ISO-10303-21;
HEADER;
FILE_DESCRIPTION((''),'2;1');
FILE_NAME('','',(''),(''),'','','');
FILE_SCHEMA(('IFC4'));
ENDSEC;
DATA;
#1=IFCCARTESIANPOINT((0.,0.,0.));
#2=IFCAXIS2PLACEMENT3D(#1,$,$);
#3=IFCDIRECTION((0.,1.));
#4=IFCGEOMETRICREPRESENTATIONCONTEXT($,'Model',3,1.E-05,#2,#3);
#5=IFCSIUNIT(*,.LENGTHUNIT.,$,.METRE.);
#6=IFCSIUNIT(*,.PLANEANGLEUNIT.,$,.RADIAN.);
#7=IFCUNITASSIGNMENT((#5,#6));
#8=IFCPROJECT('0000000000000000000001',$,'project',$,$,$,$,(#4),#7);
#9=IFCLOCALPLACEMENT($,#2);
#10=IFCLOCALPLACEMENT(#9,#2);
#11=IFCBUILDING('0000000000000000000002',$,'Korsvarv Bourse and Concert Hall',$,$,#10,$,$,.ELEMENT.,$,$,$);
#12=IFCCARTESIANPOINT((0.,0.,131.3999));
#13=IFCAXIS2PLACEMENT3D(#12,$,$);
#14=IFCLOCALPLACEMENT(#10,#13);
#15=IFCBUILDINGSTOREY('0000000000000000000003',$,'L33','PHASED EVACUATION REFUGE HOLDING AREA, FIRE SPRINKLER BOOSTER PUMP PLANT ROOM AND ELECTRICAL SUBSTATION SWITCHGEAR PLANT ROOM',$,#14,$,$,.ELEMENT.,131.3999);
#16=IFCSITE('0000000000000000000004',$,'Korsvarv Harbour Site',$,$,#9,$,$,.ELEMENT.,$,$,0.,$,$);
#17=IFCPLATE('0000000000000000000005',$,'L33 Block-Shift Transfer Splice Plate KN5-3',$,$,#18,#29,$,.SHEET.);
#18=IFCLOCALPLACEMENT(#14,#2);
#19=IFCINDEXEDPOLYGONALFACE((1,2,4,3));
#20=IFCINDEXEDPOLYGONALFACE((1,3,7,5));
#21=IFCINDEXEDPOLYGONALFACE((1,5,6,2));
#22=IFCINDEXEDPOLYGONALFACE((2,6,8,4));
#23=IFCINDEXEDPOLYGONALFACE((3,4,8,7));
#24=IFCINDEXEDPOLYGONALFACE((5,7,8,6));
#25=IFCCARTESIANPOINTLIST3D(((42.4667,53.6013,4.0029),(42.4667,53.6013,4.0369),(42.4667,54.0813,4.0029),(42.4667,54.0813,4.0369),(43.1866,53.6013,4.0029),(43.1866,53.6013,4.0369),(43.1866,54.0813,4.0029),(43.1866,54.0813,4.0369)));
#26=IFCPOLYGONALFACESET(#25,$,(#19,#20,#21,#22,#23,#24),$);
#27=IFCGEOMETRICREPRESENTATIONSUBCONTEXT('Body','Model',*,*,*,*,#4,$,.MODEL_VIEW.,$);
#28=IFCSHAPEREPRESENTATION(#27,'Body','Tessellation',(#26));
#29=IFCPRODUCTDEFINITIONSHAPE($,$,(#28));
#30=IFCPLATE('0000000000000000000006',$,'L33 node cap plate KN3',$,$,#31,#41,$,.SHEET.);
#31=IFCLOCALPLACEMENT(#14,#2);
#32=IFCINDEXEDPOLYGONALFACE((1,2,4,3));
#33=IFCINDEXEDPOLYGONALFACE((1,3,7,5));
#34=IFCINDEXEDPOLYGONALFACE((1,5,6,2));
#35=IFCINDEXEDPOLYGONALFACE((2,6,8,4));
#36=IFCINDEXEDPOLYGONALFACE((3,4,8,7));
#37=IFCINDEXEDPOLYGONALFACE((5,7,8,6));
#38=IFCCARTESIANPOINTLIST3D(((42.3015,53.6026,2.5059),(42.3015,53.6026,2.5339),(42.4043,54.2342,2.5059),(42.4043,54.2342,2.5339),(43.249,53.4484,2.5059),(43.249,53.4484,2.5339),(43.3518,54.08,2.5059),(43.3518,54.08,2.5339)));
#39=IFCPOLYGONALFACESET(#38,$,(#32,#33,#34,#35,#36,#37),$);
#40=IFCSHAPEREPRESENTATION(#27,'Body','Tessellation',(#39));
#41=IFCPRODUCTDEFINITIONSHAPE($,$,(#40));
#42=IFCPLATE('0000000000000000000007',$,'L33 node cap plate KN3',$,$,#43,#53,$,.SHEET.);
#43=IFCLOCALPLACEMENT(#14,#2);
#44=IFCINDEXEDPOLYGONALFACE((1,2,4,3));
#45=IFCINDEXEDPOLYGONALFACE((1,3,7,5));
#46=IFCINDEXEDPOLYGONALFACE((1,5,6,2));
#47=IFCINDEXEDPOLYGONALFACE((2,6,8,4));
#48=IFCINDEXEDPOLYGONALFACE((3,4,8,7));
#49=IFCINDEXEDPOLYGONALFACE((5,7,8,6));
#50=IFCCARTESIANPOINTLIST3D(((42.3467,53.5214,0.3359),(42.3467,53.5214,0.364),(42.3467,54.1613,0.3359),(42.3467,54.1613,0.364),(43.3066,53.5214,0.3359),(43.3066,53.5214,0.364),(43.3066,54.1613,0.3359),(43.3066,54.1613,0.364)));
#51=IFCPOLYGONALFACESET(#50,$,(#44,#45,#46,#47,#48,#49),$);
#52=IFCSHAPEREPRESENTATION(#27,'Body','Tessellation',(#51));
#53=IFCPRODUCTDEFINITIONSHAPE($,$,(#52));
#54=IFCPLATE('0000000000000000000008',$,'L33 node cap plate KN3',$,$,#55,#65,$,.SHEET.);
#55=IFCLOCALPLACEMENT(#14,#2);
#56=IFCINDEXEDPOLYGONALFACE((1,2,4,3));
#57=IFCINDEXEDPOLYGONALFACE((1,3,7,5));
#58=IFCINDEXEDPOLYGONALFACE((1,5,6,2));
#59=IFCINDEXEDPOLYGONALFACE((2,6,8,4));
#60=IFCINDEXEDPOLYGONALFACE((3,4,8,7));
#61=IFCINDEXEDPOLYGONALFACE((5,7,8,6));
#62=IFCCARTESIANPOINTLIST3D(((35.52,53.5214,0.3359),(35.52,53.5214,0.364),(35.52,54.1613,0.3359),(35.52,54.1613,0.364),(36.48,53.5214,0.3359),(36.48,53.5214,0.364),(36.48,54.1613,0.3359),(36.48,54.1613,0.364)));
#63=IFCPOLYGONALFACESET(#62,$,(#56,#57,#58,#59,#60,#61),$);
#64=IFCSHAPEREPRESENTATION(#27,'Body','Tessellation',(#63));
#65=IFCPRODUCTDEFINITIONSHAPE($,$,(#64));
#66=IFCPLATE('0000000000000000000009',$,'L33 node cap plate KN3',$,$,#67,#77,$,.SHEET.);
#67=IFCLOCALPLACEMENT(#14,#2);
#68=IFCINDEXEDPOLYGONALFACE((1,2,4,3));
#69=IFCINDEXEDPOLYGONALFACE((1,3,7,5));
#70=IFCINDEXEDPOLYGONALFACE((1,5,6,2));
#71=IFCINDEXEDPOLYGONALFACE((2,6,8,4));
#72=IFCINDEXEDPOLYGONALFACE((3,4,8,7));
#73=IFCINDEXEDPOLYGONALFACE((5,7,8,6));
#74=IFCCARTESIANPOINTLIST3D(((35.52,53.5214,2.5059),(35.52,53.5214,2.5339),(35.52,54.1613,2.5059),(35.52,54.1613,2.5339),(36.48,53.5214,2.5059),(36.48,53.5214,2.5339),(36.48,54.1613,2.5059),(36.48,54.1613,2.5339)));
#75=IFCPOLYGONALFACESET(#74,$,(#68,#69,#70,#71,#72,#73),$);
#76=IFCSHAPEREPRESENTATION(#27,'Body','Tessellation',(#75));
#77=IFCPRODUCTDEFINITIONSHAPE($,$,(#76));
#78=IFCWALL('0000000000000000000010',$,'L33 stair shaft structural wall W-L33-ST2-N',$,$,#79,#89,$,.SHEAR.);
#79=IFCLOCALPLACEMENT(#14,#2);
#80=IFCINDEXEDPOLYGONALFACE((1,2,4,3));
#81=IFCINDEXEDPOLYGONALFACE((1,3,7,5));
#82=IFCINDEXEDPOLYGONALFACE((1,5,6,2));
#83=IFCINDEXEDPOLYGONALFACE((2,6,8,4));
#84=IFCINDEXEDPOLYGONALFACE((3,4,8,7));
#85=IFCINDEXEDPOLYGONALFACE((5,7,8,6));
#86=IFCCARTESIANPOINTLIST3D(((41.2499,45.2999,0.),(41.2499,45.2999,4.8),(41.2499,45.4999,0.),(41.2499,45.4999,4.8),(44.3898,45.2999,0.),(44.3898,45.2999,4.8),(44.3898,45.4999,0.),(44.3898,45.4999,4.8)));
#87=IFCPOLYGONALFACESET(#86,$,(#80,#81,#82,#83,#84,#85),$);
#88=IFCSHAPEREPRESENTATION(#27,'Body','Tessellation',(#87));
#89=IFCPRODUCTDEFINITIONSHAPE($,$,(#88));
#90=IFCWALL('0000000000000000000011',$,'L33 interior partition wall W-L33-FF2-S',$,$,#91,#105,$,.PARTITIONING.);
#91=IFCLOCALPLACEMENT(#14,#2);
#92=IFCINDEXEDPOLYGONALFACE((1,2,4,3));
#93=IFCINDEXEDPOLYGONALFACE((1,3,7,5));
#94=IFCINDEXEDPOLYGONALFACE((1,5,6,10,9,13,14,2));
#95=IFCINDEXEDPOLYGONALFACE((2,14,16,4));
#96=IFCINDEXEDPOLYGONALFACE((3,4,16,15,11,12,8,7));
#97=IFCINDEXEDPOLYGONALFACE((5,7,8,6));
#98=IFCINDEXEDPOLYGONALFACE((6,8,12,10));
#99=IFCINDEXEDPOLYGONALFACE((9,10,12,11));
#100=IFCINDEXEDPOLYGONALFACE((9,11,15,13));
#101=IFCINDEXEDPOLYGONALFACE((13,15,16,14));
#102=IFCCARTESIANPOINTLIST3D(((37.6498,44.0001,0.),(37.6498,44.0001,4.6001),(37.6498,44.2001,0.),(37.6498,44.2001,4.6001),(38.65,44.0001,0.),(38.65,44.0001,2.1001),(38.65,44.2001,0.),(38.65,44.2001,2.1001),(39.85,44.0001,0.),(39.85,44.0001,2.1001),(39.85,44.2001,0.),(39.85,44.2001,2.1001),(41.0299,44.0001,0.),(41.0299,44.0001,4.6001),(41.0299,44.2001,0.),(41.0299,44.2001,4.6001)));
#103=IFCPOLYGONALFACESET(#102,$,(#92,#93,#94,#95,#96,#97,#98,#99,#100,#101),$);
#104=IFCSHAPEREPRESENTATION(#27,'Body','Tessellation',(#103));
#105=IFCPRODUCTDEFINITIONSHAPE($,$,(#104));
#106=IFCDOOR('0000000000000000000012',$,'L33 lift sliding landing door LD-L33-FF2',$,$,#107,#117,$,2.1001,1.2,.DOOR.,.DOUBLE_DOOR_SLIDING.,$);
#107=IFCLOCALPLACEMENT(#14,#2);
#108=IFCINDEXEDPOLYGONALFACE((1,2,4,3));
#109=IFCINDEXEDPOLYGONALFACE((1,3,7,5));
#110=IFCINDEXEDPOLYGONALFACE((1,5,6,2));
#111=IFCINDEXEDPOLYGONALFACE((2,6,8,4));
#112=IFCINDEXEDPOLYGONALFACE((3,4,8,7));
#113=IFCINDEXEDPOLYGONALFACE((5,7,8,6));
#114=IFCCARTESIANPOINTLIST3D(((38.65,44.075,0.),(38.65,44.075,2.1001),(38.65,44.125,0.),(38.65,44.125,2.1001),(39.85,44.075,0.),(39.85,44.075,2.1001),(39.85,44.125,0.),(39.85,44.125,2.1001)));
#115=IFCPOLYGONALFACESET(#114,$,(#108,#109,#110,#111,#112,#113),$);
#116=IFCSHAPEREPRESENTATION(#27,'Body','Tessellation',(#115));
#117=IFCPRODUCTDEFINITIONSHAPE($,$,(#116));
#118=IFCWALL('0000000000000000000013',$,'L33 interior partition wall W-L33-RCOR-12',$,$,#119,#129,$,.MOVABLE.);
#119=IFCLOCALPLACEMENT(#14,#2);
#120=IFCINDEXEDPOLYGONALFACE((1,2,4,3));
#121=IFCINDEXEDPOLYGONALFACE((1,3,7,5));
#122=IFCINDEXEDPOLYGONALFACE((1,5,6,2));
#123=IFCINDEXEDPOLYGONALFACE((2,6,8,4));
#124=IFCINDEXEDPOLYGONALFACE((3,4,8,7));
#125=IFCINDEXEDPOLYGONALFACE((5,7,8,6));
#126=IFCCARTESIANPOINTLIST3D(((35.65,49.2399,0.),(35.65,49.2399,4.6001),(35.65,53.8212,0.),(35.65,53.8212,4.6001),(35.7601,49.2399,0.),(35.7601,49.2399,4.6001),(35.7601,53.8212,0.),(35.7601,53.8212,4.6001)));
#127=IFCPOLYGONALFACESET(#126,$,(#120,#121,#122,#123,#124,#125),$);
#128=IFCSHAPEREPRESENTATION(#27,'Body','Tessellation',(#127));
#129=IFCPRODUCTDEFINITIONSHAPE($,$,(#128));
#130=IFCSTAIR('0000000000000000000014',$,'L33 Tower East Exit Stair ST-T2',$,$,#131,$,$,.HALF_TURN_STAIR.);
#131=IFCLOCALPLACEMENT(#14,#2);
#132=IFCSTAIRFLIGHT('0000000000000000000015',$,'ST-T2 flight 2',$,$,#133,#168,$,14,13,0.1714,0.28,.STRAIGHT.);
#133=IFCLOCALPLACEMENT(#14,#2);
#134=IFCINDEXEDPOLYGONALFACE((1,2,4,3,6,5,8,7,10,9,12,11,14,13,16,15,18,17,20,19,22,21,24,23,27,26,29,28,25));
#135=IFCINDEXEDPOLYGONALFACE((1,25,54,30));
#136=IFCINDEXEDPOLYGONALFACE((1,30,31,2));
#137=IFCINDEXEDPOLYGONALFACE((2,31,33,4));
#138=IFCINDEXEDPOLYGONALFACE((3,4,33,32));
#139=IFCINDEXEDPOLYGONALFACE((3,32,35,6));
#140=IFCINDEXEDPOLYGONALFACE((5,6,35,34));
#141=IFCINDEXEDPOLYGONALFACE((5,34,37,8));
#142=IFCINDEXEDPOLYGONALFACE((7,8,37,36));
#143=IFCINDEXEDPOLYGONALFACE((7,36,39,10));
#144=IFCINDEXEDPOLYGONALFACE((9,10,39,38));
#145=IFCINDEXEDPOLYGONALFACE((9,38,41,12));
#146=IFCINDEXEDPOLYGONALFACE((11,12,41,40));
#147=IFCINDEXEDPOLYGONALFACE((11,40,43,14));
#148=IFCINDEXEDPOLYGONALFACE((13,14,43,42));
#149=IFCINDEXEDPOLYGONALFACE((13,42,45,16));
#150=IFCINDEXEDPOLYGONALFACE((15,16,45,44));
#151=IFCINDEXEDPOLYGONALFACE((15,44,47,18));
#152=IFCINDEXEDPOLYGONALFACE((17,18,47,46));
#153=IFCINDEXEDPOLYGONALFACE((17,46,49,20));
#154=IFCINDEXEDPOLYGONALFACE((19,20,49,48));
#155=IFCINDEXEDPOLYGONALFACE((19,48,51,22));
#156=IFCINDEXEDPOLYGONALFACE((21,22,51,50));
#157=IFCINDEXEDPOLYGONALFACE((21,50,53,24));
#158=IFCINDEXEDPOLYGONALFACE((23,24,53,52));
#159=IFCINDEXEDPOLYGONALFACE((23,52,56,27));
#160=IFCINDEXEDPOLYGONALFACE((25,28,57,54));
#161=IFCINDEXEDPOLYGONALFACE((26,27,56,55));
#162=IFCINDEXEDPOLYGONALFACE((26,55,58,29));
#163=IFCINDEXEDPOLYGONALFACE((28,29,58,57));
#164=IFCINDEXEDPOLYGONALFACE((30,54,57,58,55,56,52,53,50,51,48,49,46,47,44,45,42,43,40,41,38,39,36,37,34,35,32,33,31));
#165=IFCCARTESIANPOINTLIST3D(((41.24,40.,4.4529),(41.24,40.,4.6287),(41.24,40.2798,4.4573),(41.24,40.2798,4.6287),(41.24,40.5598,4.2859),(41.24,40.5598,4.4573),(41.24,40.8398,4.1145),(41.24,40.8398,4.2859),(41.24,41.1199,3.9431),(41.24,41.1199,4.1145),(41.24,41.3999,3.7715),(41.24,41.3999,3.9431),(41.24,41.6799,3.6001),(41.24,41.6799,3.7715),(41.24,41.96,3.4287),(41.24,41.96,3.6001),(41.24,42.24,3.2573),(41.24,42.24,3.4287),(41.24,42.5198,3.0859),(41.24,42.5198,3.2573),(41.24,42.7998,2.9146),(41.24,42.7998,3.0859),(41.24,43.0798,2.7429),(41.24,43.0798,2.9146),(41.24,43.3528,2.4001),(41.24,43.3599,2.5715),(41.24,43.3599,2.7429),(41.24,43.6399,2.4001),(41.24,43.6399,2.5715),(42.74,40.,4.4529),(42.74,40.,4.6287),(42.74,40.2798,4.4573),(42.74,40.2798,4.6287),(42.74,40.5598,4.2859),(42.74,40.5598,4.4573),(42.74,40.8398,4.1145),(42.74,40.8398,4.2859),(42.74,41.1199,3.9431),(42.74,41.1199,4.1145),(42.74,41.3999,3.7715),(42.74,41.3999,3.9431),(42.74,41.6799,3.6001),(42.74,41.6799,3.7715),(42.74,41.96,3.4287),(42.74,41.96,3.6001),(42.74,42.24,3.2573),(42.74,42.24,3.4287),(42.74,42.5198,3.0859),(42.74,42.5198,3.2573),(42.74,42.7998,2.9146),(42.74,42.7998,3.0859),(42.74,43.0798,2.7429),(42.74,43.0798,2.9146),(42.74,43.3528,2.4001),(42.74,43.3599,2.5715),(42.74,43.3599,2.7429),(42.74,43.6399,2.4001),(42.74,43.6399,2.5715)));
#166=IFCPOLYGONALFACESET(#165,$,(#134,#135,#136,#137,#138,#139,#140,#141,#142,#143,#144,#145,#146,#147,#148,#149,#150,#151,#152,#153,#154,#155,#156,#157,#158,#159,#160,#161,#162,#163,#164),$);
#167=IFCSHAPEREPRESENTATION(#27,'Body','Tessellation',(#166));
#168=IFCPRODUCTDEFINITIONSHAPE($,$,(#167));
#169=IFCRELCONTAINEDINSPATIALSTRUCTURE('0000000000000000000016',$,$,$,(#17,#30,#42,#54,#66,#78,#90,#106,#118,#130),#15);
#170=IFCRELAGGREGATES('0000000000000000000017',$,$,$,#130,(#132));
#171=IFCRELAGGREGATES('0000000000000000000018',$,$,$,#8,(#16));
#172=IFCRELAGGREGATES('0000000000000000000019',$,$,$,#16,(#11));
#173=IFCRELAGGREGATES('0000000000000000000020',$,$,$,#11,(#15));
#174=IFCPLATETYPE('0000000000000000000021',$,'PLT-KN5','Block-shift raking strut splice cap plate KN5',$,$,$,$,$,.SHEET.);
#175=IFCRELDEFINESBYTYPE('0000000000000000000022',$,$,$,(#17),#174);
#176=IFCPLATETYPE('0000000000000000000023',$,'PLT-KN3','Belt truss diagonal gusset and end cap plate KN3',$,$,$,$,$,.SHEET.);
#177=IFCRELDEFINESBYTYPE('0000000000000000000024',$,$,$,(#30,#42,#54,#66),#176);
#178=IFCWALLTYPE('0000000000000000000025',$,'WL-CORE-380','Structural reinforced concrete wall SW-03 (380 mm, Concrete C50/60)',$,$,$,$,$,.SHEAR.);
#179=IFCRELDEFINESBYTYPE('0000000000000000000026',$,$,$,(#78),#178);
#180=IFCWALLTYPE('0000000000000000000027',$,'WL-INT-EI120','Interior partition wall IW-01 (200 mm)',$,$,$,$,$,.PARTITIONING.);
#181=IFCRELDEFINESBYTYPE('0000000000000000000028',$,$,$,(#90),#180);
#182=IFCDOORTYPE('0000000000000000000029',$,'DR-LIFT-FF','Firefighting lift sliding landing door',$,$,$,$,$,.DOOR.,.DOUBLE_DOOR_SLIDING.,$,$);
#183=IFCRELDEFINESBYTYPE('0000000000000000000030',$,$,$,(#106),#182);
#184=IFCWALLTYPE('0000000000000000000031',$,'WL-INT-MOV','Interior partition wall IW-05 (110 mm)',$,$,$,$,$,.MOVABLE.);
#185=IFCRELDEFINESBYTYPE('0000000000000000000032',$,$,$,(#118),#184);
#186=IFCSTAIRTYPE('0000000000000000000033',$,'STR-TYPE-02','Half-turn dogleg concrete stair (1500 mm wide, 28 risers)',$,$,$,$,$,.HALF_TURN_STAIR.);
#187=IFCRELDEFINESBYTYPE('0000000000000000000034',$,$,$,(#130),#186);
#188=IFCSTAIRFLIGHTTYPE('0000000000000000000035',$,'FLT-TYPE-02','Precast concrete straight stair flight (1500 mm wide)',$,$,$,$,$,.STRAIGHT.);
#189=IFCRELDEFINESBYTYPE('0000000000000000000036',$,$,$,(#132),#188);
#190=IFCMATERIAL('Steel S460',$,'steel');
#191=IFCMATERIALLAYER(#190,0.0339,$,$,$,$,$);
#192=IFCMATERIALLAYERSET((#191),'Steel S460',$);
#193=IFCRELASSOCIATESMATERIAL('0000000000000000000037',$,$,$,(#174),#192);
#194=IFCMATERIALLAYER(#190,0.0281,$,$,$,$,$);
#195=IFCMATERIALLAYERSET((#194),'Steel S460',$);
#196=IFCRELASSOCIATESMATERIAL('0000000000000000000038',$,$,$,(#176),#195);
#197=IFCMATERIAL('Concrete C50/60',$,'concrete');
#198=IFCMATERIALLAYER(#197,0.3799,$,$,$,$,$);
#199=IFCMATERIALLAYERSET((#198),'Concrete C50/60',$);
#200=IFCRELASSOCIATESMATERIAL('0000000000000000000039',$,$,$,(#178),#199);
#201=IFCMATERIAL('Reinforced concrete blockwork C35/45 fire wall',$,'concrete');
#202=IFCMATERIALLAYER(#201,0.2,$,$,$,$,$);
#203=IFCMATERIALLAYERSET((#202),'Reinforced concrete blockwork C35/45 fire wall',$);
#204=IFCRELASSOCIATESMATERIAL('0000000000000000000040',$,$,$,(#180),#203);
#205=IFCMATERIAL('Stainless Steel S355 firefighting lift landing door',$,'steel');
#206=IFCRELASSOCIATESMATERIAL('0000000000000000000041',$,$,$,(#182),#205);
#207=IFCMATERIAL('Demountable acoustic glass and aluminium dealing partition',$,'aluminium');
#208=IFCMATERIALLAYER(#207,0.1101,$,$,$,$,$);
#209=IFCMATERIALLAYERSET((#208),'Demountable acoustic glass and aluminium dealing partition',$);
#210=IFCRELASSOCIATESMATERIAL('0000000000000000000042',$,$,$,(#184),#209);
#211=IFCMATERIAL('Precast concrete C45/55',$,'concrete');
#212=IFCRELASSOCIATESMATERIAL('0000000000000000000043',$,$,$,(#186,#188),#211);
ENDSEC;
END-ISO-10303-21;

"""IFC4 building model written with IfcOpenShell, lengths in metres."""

from ifc_helpers import new_model, si_unit, direction, frame, frame_2d, origin, origin_2d, place, context, subcontext, project, spatial, polyline, rectangle, outline, extrude, source, transform, mapped, material, layer, layer_set, type_object, element, fill, aggregate, save


model = new_model("IFC4")

# Units and contexts
model_context = context("Model", 3, precision=1e-05, world=origin(), true_north=direction((0.0, 1.0)))
body_context = subcontext(model_context, "Body", "Model", "MODEL_VIEW")
ifc_project = project(units=[si_unit("LENGTHUNIT", "METRE"), si_unit("PLANEANGLEUNIT", "RADIAN")], contexts=[model_context])

# Site, building, storey
site_placement = place(None, origin())
site = spatial("IfcSite", under=ifc_project, at=site_placement, Name="Korsvarv Harbour Site", CompositionType="ELEMENT", RefElevation=0.0)
building_placement = place(site_placement, origin())
building = spatial("IfcBuilding", under=site, at=building_placement, Name="Korsvarv Bourse and Concert Hall", CompositionType="ELEMENT")
storey_placement = place(building_placement, frame((0.0, 0.0, 131.3999)))
storey = spatial("IfcBuildingStorey", under=building, at=storey_placement, Name="L33", Description="PHASED EVACUATION REFUGE HOLDING AREA, FIRE SPRINKLER BOOSTER PUMP PLANT ROOM AND ELECTRICAL SUBSTATION SWITCHGEAR PLANT ROOM", CompositionType="ELEMENT", Elevation=131.3999)

# Shared definitions
ifc_material_1 = material(Name="Steel S460", Category="steel")

# Plates
ifc_layer_1 = layer(ifc_material_1, 0.0339)
ifc_layer_set_1 = layer_set([ifc_layer_1], Name="Steel S460")
plate_type_1 = type_object("IfcPlateType", Name="PLT-KN5", Description="Block-shift raking strut splice cap plate KN5", PredefinedType="SHEET", material=ifc_layer_set_1)
shared_shape_1 = source(origin(), body_context, "Body", "SweptSolid", [
    extrude(rectangle(XDim=0.72, YDim=0.48, at=origin_2d()), origin(), (0.0, 0.0, 1.0), 0.0339),
])
plate_placement = place(storey_placement, frame((42.8267, 53.8413, 4.0029), z_axis=(0.0, 0.0, 1.0), x_axis=(1.0, 0.0, 0.0)))
element("IfcPlate", 1, at=plate_placement, inside=storey, type_object=plate_type_1, Name="L33 Block-Shift Transfer Splice Plate KN5-3", PredefinedType="SHEET", context=body_context, shape_type="MappedRepresentation", body=[
    mapped(shared_shape_1, transform((0.0, 0.0, 0.0), scale=1.0)),
])
ifc_layer_2 = layer(ifc_material_1, 0.0281)
ifc_layer_set_2 = layer_set([ifc_layer_2], Name="Steel S460")
plate_type_2 = type_object("IfcPlateType", Name="PLT-KN3", Description="Belt truss diagonal gusset and end cap plate KN3", PredefinedType="SHEET", material=ifc_layer_set_2)
shared_shape_2 = source(origin(), body_context, "Body", "SweptSolid", [
    extrude(rectangle(XDim=0.96, YDim=0.6399, at=origin_2d()), origin(), (0.0, 0.0, 1.0), 0.0281),
])
for number, where, z_axis, x_axis, name in (
    (2, (42.8267, 53.8413, 2.5059), (0.0, 0.0, 1.0), (-0.987024, 0.16057, 0.0), "L33 node cap plate KN3"),
    (3, (42.8267, 53.8413, 0.3359), (0.0, 0.0, 1.0), (1.0, 0.0, 0.0), "L33 node cap plate KN3"),
    (4, (36.0, 53.8413, 0.3359), (0.0, 0.0, 1.0), (1.0, 0.0, 0.0), "L33 node cap plate KN3"),
    (5, (36.0, 53.8413, 2.5059), (0.0, 0.0, 1.0), (1.0, 0.0, 0.0), "L33 node cap plate KN3"),
):
    element("IfcPlate", number, at=place(storey_placement, frame(where, z_axis=z_axis, x_axis=x_axis)), inside=storey, type_object=plate_type_2, Name=name, PredefinedType="SHEET", context=body_context, shape_type="MappedRepresentation", body=[
        mapped(shared_shape_2, transform((0.0, 0.0, 0.0), scale=1.0)),
    ])

# Wall
ifc_material_2 = material(Name="Concrete C50/60", Category="concrete")
ifc_layer_3 = layer(ifc_material_2, 0.3799)
ifc_layer_set_3 = layer_set([ifc_layer_3], Name="Concrete C50/60")
wall_type_1 = type_object("IfcWallType", Name="WL-CORE-380", Description="Structural reinforced concrete wall SW-03 (380 mm, Concrete C50/60)", PredefinedType="SHEAR", material=ifc_layer_set_3)
wall_1_placement = place(storey_placement, frame((41.25, 45.3999, 0.0), z_axis=(0.0, 0.0, 1.0), x_axis=(1.0, 0.0, 0.0)))
element("IfcWall", 6, at=wall_1_placement, inside=storey, type_object=wall_type_1, Name="L33 stair shaft structural wall W-L33-ST2-N", PredefinedType="SHEAR", context=body_context, shape_type="SweptSolid", body=[
    extrude(rectangle(XDim=3.1399, YDim=0.2, at=frame_2d((1.5698, 0.0))), origin(), (0.0, 0.0, 1.0), 4.8),
])

# Wall, opening, door
ifc_material_3 = material(Name="Reinforced concrete blockwork C35/45 fire wall", Category="concrete")
ifc_layer_4 = layer(ifc_material_3, 0.2)
ifc_layer_set_4 = layer_set([ifc_layer_4], Name="Reinforced concrete blockwork C35/45 fire wall")
wall_type_2 = type_object("IfcWallType", Name="WL-INT-EI120", Description="Interior partition wall IW-01 (200 mm)", PredefinedType="PARTITIONING", material=ifc_layer_set_4)
wall_2_placement = place(storey_placement, frame((37.6499, 44.1001, 0.0), z_axis=(0.0, 0.0, 1.0), x_axis=(1.0, 0.0, 0.0)))
wall_2 = element("IfcWall", 7, at=wall_2_placement, inside=storey, type_object=wall_type_2, Name="L33 interior partition wall W-L33-FF2-S", PredefinedType="PARTITIONING", context=body_context, shape_type="SweptSolid", body=[
    extrude(rectangle(XDim=3.3801, YDim=0.2, at=frame_2d((1.6899, 0.0))), origin(), (0.0, 0.0, 1.0), 4.6001),
])
opening_placement = place(wall_2_placement, frame((1.0, 0.0, 0.0)))
opening = element("IfcOpeningElement", 8, at=opening_placement, cuts=wall_2, PredefinedType="OPENING", context=body_context, shape_type="SweptSolid", body=[
    extrude(rectangle(XDim=1.2, YDim=2.1001, at=frame_2d((0.6001, 1.05))), frame((0.0, 0.1099, 0.0), z_axis=(0.0, -1.0, 0.0), x_axis=(1.0, 0.0, 0.0)), (0.0, 0.0, 1.0), 0.22),
])
ifc_material_4 = material(Name="Stainless Steel S355 firefighting lift landing door", Category="steel")
door_type = type_object("IfcDoorType", Name="DR-LIFT-FF", Description="Firefighting lift sliding landing door", OperationType="DOUBLE_DOOR_SLIDING", PredefinedType="DOOR", material=ifc_material_4)
door_placement = place(opening_placement, origin())
door = element("IfcDoor", 9, at=door_placement, inside=storey, type_object=door_type, Name="L33 lift sliding landing door LD-L33-FF2", OperationType="DOUBLE_DOOR_SLIDING", OverallHeight=2.1001, OverallWidth=1.2, PredefinedType="DOOR", context=body_context, shape_type="SweptSolid", body=[
    extrude(rectangle(XDim=1.2, YDim=2.1001, at=frame_2d((0.6001, 1.05))), frame((0.0, 0.0249, 0.0), z_axis=(0.0, -1.0, 0.0), x_axis=(1.0, 0.0, 0.0)), (0.0, 0.0, 1.0), 0.05),
])
fill(opening, door)

# Wall
ifc_material_5 = material(Name="Demountable acoustic glass and aluminium dealing partition", Category="aluminium")
ifc_layer_5 = layer(ifc_material_5, 0.1101)
ifc_layer_set_5 = layer_set([ifc_layer_5], Name="Demountable acoustic glass and aluminium dealing partition")
wall_type_3 = type_object("IfcWallType", Name="WL-INT-MOV", Description="Interior partition wall IW-05 (110 mm)", PredefinedType="MOVABLE", material=ifc_layer_set_5)
wall_3_placement = place(storey_placement, frame((35.7051, 49.24, 0.0), z_axis=(0.0, 0.0, 1.0), x_axis=(0.0, 1.0, 0.0)))
element("IfcWall", 10, at=wall_3_placement, inside=storey, type_object=wall_type_3, Name="L33 interior partition wall W-L33-RCOR-12", PredefinedType="MOVABLE", context=body_context, shape_type="SweptSolid", body=[
    extrude(rectangle(XDim=4.5813, YDim=0.1101, at=frame_2d((2.2905, 0.0))), origin(), (0.0, 0.0, 1.0), 4.6001),
])

# Stair, stair flight
ifc_material_6 = material(Name="Precast concrete C45/55", Category="concrete")
stair_type = type_object("IfcStairType", Name="STR-TYPE-02", Description="Half-turn dogleg concrete stair (1500 mm wide, 28 risers)", PredefinedType="HALF_TURN_STAIR", material=ifc_material_6)
stair_placement = place(storey_placement, origin())
stair = element("IfcStair", 11, at=stair_placement, inside=storey, type_object=stair_type, Name="L33 Tower East Exit Stair ST-T2", PredefinedType="HALF_TURN_STAIR")
stair_flight_type = type_object("IfcStairFlightType", Name="FLT-TYPE-02", Description="Precast concrete straight stair flight (1500 mm wide)", PredefinedType="STRAIGHT", material=ifc_material_6)
stair_flight_placement = place(storey_placement, frame((41.99, 43.6399, 2.4001), z_axis=(0.0, 0.0, 1.0), x_axis=(0.0, -1.0, 0.0)))
stair_flight = element("IfcStairFlight", 12, at=stair_flight_placement, type_object=stair_flight_type, Name="ST-T2 flight 2", NumberOfRisers=14, NumberOfTreads=13, PredefinedType="STRAIGHT", RiserHeight=0.1714, TreadLength=0.28, context=body_context, shape_type="SweptSolid", body=[
    extrude(outline(polyline([(0.0, 0.0), (0.0, 0.1714), (0.28, 0.1714), (0.28, 0.3428), (0.5601, 0.3428), (0.5601, 0.5144), (0.8401, 0.5144), (0.8401, 0.6858), (1.1201, 0.6858), (1.1201, 0.8572), (1.3999, 0.8572), (1.3999, 1.0286), (1.6799, 1.0286), (1.6799, 1.2), (1.96, 1.2), (1.96, 1.3713), (2.24, 1.3713), (2.24, 1.543), (2.52, 1.543), (2.52, 1.7144), (2.8, 1.7144), (2.8, 1.8857), (3.0801, 1.8857), (3.0801, 2.0571), (3.3601, 2.0571), (3.3601, 2.2285), (3.6399, 2.2285), (3.6399, 2.3999), (3.6399, 2.0527), (0.2871, 0.0), (0.0, 0.0)])), frame((0.0, 0.75, 0.0), z_axis=(0.0, -1.0, 0.0), x_axis=(1.0, 0.0, 0.0)), (0.0, 0.0, 1.0), 1.5),
])
aggregate(stair, [stair_flight])

save(model, "model.ifc")
